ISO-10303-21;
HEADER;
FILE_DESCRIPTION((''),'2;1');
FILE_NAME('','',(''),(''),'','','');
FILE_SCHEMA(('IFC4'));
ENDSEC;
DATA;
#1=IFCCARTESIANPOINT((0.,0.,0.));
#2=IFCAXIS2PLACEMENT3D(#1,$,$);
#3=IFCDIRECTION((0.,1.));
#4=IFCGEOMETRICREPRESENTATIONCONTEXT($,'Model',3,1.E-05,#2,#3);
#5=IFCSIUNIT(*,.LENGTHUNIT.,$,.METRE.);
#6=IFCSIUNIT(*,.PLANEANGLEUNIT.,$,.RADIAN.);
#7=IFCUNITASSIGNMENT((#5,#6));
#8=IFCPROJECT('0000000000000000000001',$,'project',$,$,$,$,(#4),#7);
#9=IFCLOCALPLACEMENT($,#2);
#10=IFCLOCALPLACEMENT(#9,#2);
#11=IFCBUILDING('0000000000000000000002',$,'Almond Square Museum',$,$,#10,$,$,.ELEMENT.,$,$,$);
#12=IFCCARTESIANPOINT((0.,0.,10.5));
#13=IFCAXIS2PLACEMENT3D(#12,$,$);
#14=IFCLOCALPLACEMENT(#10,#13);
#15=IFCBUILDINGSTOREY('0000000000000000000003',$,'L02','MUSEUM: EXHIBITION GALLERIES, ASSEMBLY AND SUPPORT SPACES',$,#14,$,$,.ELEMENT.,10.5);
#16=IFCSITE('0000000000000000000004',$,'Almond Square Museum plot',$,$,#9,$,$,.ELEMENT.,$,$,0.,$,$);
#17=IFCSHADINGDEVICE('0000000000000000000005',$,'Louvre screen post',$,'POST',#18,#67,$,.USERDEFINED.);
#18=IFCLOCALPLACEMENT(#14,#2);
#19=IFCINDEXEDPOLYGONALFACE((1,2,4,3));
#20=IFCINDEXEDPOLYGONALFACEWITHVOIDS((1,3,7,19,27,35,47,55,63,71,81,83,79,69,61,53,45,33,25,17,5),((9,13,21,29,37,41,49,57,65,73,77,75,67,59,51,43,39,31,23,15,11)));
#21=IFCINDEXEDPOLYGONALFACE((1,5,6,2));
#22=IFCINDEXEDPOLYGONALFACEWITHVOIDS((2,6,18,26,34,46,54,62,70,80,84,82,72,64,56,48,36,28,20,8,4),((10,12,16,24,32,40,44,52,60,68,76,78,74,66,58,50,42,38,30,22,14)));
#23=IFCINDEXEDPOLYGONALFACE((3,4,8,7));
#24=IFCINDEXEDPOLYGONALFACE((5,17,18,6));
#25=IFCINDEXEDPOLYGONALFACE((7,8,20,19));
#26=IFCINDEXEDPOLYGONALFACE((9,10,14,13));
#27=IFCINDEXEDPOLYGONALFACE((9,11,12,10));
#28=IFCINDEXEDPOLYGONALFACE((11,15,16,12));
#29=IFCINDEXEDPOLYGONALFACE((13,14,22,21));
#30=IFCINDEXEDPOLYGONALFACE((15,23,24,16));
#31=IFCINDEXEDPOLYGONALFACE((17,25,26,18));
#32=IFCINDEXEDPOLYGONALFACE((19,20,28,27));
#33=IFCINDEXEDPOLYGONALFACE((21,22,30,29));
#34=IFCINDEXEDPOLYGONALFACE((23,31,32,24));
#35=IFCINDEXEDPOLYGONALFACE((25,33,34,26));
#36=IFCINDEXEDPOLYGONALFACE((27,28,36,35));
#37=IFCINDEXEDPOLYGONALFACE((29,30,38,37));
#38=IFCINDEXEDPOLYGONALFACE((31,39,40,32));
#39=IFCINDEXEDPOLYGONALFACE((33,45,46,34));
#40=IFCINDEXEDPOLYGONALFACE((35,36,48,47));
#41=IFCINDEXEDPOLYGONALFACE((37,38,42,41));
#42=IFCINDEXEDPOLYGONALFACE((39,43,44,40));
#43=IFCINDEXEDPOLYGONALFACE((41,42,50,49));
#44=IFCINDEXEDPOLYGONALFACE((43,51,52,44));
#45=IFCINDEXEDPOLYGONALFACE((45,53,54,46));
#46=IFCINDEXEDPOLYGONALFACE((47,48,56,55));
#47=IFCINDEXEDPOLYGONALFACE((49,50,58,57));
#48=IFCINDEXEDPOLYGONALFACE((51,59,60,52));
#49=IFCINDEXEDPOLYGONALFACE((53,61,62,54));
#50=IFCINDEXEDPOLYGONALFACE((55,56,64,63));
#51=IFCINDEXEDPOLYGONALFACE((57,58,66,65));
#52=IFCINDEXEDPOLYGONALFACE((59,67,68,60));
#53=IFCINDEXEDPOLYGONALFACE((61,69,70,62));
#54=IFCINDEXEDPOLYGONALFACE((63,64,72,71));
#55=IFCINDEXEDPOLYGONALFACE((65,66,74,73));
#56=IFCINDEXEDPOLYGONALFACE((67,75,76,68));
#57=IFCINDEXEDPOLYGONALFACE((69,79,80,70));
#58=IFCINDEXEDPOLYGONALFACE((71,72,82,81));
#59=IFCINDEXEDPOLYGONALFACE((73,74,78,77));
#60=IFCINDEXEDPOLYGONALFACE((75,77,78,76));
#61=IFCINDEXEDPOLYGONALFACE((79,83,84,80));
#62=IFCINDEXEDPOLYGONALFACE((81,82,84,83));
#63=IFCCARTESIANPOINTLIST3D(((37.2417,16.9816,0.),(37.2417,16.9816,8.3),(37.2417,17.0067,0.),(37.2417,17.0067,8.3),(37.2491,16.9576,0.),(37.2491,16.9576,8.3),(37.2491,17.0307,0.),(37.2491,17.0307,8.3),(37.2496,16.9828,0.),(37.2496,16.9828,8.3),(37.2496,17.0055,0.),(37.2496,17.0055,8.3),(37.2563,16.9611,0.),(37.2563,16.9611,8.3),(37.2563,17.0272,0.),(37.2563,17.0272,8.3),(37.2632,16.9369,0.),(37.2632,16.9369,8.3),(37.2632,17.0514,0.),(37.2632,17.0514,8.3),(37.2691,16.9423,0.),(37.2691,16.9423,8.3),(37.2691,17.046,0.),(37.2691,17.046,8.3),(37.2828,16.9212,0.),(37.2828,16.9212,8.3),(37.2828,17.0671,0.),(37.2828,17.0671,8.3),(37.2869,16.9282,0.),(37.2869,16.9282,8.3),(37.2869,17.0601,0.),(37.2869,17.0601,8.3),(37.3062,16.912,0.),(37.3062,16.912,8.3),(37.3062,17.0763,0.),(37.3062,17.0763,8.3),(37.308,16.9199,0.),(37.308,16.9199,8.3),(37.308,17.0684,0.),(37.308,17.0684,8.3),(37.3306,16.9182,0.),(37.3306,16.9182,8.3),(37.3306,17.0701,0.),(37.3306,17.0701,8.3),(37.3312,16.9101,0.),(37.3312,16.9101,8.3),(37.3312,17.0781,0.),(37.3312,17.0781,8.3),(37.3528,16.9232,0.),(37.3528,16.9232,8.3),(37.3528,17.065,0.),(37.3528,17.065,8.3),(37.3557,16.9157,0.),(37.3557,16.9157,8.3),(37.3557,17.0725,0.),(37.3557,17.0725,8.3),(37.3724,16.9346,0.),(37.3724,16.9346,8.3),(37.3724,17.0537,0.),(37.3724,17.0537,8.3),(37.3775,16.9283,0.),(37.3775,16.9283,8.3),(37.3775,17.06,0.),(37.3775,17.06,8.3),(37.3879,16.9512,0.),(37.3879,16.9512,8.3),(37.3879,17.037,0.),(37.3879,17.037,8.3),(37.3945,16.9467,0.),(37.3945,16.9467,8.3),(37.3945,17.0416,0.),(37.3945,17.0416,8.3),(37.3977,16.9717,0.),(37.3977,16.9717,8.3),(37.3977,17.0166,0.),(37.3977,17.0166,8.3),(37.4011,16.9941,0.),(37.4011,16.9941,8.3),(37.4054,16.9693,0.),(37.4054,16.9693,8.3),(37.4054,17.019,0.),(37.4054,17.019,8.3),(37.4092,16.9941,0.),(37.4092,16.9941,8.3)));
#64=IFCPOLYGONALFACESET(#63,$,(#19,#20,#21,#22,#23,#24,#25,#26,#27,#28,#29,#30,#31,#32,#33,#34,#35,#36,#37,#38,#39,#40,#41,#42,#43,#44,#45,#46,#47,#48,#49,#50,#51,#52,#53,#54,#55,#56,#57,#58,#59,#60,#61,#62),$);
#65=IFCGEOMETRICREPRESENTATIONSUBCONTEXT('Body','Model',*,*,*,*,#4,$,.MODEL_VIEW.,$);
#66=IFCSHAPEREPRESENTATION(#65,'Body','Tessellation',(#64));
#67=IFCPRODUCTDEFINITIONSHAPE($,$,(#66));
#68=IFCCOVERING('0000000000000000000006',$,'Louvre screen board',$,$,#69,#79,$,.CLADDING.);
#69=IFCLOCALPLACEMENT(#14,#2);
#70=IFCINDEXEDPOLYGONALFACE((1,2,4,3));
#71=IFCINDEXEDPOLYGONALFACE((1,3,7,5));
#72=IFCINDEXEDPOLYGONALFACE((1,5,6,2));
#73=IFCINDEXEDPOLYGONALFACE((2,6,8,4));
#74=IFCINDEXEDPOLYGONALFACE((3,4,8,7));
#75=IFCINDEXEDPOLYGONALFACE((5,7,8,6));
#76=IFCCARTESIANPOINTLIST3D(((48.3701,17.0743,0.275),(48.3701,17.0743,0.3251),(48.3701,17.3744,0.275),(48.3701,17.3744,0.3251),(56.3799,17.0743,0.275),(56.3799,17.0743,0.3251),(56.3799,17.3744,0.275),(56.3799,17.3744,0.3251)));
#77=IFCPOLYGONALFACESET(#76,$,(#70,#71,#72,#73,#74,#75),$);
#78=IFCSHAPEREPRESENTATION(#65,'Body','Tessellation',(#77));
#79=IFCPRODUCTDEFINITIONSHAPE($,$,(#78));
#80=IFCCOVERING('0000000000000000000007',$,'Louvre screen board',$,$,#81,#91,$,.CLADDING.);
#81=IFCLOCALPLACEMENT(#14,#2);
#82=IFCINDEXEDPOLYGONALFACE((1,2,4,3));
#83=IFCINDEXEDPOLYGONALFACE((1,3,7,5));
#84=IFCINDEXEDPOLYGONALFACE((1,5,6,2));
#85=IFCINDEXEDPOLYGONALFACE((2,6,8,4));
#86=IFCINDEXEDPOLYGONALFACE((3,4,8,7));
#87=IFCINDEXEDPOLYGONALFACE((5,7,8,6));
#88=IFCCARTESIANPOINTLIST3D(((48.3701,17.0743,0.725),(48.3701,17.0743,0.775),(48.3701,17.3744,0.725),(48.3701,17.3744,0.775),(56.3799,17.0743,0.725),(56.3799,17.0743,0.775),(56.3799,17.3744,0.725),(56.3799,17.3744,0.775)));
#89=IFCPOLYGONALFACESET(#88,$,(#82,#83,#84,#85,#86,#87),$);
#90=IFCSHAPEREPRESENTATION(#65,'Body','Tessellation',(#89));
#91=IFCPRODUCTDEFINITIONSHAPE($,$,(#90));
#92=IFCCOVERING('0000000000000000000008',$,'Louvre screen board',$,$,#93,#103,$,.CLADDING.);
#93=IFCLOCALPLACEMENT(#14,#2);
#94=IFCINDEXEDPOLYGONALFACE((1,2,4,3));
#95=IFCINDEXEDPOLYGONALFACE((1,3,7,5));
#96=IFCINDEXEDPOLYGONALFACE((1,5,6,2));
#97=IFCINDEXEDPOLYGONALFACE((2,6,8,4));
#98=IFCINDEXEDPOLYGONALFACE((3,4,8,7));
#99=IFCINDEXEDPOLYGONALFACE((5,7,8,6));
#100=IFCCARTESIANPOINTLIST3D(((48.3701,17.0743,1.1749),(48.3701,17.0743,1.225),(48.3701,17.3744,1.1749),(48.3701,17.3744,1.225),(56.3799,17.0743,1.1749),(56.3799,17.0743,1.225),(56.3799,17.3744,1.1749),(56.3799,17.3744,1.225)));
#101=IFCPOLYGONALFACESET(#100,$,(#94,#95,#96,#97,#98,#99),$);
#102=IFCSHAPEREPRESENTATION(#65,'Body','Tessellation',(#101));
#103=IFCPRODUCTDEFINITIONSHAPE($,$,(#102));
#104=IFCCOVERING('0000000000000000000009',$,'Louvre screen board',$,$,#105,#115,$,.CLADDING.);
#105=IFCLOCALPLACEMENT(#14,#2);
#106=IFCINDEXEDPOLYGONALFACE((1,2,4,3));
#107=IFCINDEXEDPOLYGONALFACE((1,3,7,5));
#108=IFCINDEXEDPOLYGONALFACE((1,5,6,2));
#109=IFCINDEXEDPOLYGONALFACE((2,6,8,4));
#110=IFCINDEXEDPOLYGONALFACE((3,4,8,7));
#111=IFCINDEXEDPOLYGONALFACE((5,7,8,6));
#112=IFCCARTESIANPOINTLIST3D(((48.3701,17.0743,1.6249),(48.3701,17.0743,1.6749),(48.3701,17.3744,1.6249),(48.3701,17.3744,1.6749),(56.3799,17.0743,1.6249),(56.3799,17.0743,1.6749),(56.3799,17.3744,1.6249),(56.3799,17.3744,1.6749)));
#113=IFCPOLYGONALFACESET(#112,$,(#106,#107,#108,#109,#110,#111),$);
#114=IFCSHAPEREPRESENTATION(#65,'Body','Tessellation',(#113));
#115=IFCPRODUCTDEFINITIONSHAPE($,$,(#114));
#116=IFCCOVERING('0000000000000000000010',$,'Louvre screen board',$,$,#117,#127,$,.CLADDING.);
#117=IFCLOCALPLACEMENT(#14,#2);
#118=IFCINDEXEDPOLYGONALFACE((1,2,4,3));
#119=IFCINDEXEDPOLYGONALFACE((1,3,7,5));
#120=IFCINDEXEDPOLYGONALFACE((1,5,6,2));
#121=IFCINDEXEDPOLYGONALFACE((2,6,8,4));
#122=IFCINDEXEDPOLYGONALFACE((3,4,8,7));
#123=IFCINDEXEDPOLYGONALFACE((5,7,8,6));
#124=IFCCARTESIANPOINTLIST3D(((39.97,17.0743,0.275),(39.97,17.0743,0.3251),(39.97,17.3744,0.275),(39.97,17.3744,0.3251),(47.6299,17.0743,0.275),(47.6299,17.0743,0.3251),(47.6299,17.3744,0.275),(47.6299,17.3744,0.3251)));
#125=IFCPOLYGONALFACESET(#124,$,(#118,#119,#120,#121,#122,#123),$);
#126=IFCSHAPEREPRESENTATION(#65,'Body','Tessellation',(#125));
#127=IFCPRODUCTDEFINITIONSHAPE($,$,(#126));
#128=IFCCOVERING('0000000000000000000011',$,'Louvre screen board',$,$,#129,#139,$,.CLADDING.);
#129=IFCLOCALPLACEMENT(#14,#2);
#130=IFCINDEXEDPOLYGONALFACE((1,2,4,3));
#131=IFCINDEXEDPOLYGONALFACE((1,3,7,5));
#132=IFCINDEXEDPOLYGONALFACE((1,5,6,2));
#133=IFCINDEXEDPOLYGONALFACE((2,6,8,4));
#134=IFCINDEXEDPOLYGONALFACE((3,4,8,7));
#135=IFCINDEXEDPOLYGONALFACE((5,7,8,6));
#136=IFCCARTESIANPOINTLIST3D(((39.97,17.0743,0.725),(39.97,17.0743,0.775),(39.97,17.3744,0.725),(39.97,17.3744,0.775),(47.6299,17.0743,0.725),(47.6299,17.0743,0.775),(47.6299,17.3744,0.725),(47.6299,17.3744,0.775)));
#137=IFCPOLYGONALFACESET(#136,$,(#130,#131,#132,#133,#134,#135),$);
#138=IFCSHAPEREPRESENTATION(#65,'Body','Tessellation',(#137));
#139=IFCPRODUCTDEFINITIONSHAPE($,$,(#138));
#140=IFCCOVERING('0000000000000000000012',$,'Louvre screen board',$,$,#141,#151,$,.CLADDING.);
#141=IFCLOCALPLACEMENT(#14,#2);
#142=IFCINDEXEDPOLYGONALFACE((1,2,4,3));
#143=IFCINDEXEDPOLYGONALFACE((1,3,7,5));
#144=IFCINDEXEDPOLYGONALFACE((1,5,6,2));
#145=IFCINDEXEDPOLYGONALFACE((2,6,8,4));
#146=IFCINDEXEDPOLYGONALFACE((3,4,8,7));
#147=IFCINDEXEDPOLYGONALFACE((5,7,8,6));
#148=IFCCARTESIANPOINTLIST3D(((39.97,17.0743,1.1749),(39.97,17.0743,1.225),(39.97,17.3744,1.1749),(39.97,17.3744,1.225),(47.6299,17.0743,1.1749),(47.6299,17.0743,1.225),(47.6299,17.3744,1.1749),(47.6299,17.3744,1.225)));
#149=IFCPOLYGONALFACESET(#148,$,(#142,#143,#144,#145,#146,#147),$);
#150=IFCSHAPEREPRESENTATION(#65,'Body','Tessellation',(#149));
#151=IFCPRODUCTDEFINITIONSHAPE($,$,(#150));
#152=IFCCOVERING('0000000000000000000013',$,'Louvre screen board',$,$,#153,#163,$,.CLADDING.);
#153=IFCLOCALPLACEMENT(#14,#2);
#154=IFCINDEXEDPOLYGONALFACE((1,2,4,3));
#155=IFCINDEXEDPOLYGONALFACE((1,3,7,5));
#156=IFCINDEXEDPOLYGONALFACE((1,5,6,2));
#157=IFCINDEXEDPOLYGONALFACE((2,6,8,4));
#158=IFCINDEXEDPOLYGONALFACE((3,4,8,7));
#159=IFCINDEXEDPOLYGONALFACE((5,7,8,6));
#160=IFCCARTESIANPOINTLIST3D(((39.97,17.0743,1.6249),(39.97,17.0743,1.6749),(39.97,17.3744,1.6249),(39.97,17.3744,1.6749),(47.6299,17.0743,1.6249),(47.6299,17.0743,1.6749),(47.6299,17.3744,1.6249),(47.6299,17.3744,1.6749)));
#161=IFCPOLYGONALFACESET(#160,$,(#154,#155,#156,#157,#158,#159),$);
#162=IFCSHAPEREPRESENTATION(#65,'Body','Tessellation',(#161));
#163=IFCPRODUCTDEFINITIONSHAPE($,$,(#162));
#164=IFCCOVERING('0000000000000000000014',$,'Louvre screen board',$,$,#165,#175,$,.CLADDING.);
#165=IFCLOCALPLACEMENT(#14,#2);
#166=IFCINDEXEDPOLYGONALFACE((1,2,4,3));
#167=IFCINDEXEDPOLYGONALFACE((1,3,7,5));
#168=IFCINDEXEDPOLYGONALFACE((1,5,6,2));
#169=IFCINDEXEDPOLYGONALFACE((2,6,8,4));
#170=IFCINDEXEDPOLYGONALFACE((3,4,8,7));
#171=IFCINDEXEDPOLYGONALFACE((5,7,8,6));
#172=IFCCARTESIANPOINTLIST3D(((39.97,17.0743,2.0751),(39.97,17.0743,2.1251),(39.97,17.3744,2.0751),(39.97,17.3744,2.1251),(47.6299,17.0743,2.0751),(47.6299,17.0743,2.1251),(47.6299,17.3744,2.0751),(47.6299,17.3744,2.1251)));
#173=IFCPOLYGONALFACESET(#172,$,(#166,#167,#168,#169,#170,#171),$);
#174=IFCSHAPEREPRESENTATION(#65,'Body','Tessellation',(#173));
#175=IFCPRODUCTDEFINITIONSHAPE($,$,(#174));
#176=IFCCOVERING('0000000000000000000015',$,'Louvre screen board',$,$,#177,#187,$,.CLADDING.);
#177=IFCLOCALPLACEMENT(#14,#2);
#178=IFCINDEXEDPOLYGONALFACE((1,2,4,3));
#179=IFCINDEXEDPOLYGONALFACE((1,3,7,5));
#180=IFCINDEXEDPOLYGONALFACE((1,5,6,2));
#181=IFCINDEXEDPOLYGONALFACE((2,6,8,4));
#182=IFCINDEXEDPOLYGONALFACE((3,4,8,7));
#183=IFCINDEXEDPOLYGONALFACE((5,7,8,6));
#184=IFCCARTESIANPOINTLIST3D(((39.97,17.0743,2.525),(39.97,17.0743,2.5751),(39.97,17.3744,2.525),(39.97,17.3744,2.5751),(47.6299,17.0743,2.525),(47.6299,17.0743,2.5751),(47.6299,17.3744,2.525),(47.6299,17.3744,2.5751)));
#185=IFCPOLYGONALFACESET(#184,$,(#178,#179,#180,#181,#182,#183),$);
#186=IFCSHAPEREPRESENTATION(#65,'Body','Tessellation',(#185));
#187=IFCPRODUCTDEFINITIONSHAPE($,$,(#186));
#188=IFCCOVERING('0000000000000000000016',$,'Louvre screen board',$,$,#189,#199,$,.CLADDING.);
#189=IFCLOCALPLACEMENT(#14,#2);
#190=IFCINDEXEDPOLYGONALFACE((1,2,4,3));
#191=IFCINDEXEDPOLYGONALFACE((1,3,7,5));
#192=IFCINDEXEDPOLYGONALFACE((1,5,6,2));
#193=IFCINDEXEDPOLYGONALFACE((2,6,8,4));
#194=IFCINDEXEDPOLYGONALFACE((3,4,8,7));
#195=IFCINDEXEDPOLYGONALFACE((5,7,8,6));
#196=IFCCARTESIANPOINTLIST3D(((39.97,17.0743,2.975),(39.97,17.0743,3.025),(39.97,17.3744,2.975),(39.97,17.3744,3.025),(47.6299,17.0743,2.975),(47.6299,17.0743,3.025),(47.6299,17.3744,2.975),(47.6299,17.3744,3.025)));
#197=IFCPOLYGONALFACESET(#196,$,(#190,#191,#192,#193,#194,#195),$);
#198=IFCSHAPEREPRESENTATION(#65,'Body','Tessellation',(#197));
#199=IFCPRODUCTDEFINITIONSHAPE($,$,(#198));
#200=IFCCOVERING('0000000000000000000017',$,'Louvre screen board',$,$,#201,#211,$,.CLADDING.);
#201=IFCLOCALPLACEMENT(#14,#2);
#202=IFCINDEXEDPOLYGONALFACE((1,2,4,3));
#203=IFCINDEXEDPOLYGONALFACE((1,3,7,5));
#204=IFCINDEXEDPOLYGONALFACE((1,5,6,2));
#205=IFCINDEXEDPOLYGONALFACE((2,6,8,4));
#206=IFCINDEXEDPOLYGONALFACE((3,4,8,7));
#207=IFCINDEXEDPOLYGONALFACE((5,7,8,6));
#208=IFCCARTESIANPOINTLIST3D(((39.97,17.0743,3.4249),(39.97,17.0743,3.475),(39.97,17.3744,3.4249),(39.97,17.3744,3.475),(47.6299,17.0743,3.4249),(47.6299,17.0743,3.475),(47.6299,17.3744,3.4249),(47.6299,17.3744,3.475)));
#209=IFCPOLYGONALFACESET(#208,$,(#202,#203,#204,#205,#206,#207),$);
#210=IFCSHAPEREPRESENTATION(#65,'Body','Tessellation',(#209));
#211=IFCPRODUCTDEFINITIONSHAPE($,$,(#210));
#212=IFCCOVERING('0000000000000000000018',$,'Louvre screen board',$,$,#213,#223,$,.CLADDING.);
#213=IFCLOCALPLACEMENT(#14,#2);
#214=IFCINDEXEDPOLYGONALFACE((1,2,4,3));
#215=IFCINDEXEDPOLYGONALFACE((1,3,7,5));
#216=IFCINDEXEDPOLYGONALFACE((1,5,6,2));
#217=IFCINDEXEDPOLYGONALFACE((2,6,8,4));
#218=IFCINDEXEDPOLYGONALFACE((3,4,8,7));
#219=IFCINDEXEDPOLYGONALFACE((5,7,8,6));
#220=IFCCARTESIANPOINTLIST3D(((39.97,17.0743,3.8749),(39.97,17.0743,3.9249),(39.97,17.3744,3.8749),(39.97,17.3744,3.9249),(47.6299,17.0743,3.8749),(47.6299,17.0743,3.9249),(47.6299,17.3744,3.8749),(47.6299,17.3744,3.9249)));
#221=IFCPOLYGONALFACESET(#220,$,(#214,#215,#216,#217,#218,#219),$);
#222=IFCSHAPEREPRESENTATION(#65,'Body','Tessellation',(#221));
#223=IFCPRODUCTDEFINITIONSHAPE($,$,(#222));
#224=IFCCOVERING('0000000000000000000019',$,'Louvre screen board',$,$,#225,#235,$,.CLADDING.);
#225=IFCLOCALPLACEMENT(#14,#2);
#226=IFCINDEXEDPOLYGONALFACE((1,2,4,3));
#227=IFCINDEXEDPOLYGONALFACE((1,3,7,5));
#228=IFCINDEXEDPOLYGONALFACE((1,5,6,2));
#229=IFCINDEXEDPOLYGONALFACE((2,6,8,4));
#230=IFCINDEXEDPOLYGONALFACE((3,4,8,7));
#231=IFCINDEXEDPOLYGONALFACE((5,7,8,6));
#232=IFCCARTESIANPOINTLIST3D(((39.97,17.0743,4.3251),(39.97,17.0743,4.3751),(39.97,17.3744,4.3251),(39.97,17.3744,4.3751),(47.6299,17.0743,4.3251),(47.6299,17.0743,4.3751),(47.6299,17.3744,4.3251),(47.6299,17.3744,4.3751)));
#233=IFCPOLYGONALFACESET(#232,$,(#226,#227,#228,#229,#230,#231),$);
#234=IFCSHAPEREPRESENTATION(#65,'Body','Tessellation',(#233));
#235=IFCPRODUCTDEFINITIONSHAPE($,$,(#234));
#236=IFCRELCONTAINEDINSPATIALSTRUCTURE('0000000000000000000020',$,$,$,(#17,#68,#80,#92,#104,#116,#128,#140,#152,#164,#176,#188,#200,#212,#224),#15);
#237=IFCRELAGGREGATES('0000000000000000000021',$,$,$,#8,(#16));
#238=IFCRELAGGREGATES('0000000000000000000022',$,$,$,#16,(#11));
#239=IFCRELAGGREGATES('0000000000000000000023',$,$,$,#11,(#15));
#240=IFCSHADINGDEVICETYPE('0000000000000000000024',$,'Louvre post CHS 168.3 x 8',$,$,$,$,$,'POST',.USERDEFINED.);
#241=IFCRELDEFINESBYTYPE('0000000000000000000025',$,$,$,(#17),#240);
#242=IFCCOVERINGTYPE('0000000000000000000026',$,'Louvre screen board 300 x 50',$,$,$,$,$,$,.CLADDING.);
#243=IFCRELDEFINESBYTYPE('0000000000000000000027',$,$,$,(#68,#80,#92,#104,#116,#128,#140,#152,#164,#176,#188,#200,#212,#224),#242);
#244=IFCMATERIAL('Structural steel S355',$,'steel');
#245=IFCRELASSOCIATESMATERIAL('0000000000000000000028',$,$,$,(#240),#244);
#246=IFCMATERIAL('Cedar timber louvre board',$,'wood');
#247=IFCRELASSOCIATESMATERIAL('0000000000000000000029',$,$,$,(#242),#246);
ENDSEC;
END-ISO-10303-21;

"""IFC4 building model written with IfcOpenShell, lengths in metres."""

from ifc_helpers import new_model, si_unit, direction, frame, origin, origin_2d, place, context, subcontext, project, spatial, rectangle, hollow_circle, extrude, material, material_profile, profile_set, type_object, element, save


model = new_model("IFC4")

# Units and contexts
model_context = context("Model", 3, precision=1e-05, world=origin(), true_north=direction((0.0, 1.0)))
body_context = subcontext(model_context, "Body", "Model", "MODEL_VIEW")
ifc_project = project(units=[si_unit("LENGTHUNIT", "METRE"), si_unit("PLANEANGLEUNIT", "RADIAN")], contexts=[model_context])

# Site, building, storey
site_placement = place(None, origin())
site = spatial("IfcSite", under=ifc_project, at=site_placement, Name="Almond Square Museum plot", CompositionType="ELEMENT", RefElevation=0.0)
building_placement = place(site_placement, origin())
building = spatial("IfcBuilding", under=site, at=building_placement, Name="Almond Square Museum", CompositionType="ELEMENT")
storey_placement = place(building_placement, frame((0.0, 0.0, 10.5)))
storey = spatial("IfcBuildingStorey", under=building, at=storey_placement, Name="L02", Description="MUSEUM: EXHIBITION GALLERIES, ASSEMBLY AND SUPPORT SPACES", CompositionType="ELEMENT", Elevation=10.5)

# Shading device
ifc_material_1 = material(Name="Structural steel S355", Category="steel")
ifc_material_profile_1 = material_profile(ifc_material_1, hollow_circle(Radius=0.0842, WallThickness=0.0081, at=origin_2d()))
ifc_profile_set_1 = profile_set([ifc_material_profile_1], Name="Structural steel S355")
shading_device_type = type_object("IfcShadingDeviceType", Name="Louvre post CHS 168.3 x 8", ElementType="POST", PredefinedType="USERDEFINED", material=ifc_profile_set_1)
for number, where, z_axis, x_axis, name in (
    (1, (37.325, 16.9941, 0.0), (0.0, 0.0, 1.0), (1.0, 0.0, 0.0), "Louvre screen post"),
):
    element("IfcShadingDevice", number, at=place(storey_placement, frame(where, z_axis=z_axis, x_axis=x_axis)), inside=storey, type_object=shading_device_type, Name=name, ObjectType="POST", PredefinedType="USERDEFINED", context=body_context, shape_type="SweptSolid", body=[
        extrude(hollow_circle(Radius=0.0842, WallThickness=0.0081, at=origin_2d()), origin(), (0.0, 0.0, 1.0), 8.3),
    ])

# Coverings
ifc_material_2 = material(Name="Cedar timber louvre board", Category="wood")
ifc_material_profile_2 = material_profile(ifc_material_2, rectangle(XDim=0.3, YDim=0.05, at=origin_2d()))
ifc_profile_set_2 = profile_set([ifc_material_profile_2], Name="Cedar timber louvre board")
covering_type = type_object("IfcCoveringType", Name="Louvre screen board 300 x 50", PredefinedType="CLADDING", material=ifc_profile_set_2)
for number, where, z_axis, x_axis, name in (
    (2, (48.3701, 17.2244, 0.3), (1.0, 0.0, 0.0), (0.0, 1.0, 0.0), "Louvre screen board"),
    (3, (48.3701, 17.2244, 0.75), (1.0, 0.0, 0.0), (0.0, 1.0, 0.0), "Louvre screen board"),
    (4, (48.3701, 17.2244, 1.2), (1.0, 0.0, 0.0), (0.0, 1.0, 0.0), "Louvre screen board"),
    (5, (48.3701, 17.2244, 1.6499), (1.0, 0.0, 0.0), (0.0, 1.0, 0.0), "Louvre screen board"),
):
    element("IfcCovering", number, at=place(storey_placement, frame(where, z_axis=z_axis, x_axis=x_axis)), inside=storey, type_object=covering_type, Name=name, PredefinedType="CLADDING", context=body_context, shape_type="SweptSolid", body=[
        extrude(rectangle(XDim=0.3, YDim=0.05, at=origin_2d()), origin(), (0.0, 0.0, 1.0), 8.0098),
    ])
for number, where, z_axis, x_axis, name in (
    (6, (39.97, 17.2244, 0.3), (1.0, 0.0, 0.0), (0.0, 1.0, 0.0), "Louvre screen board"),
    (7, (39.97, 17.2244, 0.75), (1.0, 0.0, 0.0), (0.0, 1.0, 0.0), "Louvre screen board"),
    (8, (39.97, 17.2244, 1.2), (1.0, 0.0, 0.0), (0.0, 1.0, 0.0), "Louvre screen board"),
    (9, (39.97, 17.2244, 1.6499), (1.0, 0.0, 0.0), (0.0, 1.0, 0.0), "Louvre screen board"),
    (10, (39.97, 17.2244, 2.1001), (1.0, 0.0, 0.0), (0.0, 1.0, 0.0), "Louvre screen board"),
    (11, (39.97, 17.2244, 2.55), (1.0, 0.0, 0.0), (0.0, 1.0, 0.0), "Louvre screen board"),
    (12, (39.97, 17.2244, 3.0), (1.0, 0.0, 0.0), (0.0, 1.0, 0.0), "Louvre screen board"),
    (13, (39.97, 17.2244, 3.45), (1.0, 0.0, 0.0), (0.0, 1.0, 0.0), "Louvre screen board"),
    (14, (39.97, 17.2244, 3.8999), (1.0, 0.0, 0.0), (0.0, 1.0, 0.0), "Louvre screen board"),
    (15, (39.97, 17.2244, 4.3501), (1.0, 0.0, 0.0), (0.0, 1.0, 0.0), "Louvre screen board"),
):
    element("IfcCovering", number, at=place(storey_placement, frame(where, z_axis=z_axis, x_axis=x_axis)), inside=storey, type_object=covering_type, Name=name, PredefinedType="CLADDING", context=body_context, shape_type="SweptSolid", body=[
        extrude(rectangle(XDim=0.3, YDim=0.05, at=origin_2d()), origin(), (0.0, 0.0, 1.0), 7.6599),
    ])

save(model, "model.ifc")
